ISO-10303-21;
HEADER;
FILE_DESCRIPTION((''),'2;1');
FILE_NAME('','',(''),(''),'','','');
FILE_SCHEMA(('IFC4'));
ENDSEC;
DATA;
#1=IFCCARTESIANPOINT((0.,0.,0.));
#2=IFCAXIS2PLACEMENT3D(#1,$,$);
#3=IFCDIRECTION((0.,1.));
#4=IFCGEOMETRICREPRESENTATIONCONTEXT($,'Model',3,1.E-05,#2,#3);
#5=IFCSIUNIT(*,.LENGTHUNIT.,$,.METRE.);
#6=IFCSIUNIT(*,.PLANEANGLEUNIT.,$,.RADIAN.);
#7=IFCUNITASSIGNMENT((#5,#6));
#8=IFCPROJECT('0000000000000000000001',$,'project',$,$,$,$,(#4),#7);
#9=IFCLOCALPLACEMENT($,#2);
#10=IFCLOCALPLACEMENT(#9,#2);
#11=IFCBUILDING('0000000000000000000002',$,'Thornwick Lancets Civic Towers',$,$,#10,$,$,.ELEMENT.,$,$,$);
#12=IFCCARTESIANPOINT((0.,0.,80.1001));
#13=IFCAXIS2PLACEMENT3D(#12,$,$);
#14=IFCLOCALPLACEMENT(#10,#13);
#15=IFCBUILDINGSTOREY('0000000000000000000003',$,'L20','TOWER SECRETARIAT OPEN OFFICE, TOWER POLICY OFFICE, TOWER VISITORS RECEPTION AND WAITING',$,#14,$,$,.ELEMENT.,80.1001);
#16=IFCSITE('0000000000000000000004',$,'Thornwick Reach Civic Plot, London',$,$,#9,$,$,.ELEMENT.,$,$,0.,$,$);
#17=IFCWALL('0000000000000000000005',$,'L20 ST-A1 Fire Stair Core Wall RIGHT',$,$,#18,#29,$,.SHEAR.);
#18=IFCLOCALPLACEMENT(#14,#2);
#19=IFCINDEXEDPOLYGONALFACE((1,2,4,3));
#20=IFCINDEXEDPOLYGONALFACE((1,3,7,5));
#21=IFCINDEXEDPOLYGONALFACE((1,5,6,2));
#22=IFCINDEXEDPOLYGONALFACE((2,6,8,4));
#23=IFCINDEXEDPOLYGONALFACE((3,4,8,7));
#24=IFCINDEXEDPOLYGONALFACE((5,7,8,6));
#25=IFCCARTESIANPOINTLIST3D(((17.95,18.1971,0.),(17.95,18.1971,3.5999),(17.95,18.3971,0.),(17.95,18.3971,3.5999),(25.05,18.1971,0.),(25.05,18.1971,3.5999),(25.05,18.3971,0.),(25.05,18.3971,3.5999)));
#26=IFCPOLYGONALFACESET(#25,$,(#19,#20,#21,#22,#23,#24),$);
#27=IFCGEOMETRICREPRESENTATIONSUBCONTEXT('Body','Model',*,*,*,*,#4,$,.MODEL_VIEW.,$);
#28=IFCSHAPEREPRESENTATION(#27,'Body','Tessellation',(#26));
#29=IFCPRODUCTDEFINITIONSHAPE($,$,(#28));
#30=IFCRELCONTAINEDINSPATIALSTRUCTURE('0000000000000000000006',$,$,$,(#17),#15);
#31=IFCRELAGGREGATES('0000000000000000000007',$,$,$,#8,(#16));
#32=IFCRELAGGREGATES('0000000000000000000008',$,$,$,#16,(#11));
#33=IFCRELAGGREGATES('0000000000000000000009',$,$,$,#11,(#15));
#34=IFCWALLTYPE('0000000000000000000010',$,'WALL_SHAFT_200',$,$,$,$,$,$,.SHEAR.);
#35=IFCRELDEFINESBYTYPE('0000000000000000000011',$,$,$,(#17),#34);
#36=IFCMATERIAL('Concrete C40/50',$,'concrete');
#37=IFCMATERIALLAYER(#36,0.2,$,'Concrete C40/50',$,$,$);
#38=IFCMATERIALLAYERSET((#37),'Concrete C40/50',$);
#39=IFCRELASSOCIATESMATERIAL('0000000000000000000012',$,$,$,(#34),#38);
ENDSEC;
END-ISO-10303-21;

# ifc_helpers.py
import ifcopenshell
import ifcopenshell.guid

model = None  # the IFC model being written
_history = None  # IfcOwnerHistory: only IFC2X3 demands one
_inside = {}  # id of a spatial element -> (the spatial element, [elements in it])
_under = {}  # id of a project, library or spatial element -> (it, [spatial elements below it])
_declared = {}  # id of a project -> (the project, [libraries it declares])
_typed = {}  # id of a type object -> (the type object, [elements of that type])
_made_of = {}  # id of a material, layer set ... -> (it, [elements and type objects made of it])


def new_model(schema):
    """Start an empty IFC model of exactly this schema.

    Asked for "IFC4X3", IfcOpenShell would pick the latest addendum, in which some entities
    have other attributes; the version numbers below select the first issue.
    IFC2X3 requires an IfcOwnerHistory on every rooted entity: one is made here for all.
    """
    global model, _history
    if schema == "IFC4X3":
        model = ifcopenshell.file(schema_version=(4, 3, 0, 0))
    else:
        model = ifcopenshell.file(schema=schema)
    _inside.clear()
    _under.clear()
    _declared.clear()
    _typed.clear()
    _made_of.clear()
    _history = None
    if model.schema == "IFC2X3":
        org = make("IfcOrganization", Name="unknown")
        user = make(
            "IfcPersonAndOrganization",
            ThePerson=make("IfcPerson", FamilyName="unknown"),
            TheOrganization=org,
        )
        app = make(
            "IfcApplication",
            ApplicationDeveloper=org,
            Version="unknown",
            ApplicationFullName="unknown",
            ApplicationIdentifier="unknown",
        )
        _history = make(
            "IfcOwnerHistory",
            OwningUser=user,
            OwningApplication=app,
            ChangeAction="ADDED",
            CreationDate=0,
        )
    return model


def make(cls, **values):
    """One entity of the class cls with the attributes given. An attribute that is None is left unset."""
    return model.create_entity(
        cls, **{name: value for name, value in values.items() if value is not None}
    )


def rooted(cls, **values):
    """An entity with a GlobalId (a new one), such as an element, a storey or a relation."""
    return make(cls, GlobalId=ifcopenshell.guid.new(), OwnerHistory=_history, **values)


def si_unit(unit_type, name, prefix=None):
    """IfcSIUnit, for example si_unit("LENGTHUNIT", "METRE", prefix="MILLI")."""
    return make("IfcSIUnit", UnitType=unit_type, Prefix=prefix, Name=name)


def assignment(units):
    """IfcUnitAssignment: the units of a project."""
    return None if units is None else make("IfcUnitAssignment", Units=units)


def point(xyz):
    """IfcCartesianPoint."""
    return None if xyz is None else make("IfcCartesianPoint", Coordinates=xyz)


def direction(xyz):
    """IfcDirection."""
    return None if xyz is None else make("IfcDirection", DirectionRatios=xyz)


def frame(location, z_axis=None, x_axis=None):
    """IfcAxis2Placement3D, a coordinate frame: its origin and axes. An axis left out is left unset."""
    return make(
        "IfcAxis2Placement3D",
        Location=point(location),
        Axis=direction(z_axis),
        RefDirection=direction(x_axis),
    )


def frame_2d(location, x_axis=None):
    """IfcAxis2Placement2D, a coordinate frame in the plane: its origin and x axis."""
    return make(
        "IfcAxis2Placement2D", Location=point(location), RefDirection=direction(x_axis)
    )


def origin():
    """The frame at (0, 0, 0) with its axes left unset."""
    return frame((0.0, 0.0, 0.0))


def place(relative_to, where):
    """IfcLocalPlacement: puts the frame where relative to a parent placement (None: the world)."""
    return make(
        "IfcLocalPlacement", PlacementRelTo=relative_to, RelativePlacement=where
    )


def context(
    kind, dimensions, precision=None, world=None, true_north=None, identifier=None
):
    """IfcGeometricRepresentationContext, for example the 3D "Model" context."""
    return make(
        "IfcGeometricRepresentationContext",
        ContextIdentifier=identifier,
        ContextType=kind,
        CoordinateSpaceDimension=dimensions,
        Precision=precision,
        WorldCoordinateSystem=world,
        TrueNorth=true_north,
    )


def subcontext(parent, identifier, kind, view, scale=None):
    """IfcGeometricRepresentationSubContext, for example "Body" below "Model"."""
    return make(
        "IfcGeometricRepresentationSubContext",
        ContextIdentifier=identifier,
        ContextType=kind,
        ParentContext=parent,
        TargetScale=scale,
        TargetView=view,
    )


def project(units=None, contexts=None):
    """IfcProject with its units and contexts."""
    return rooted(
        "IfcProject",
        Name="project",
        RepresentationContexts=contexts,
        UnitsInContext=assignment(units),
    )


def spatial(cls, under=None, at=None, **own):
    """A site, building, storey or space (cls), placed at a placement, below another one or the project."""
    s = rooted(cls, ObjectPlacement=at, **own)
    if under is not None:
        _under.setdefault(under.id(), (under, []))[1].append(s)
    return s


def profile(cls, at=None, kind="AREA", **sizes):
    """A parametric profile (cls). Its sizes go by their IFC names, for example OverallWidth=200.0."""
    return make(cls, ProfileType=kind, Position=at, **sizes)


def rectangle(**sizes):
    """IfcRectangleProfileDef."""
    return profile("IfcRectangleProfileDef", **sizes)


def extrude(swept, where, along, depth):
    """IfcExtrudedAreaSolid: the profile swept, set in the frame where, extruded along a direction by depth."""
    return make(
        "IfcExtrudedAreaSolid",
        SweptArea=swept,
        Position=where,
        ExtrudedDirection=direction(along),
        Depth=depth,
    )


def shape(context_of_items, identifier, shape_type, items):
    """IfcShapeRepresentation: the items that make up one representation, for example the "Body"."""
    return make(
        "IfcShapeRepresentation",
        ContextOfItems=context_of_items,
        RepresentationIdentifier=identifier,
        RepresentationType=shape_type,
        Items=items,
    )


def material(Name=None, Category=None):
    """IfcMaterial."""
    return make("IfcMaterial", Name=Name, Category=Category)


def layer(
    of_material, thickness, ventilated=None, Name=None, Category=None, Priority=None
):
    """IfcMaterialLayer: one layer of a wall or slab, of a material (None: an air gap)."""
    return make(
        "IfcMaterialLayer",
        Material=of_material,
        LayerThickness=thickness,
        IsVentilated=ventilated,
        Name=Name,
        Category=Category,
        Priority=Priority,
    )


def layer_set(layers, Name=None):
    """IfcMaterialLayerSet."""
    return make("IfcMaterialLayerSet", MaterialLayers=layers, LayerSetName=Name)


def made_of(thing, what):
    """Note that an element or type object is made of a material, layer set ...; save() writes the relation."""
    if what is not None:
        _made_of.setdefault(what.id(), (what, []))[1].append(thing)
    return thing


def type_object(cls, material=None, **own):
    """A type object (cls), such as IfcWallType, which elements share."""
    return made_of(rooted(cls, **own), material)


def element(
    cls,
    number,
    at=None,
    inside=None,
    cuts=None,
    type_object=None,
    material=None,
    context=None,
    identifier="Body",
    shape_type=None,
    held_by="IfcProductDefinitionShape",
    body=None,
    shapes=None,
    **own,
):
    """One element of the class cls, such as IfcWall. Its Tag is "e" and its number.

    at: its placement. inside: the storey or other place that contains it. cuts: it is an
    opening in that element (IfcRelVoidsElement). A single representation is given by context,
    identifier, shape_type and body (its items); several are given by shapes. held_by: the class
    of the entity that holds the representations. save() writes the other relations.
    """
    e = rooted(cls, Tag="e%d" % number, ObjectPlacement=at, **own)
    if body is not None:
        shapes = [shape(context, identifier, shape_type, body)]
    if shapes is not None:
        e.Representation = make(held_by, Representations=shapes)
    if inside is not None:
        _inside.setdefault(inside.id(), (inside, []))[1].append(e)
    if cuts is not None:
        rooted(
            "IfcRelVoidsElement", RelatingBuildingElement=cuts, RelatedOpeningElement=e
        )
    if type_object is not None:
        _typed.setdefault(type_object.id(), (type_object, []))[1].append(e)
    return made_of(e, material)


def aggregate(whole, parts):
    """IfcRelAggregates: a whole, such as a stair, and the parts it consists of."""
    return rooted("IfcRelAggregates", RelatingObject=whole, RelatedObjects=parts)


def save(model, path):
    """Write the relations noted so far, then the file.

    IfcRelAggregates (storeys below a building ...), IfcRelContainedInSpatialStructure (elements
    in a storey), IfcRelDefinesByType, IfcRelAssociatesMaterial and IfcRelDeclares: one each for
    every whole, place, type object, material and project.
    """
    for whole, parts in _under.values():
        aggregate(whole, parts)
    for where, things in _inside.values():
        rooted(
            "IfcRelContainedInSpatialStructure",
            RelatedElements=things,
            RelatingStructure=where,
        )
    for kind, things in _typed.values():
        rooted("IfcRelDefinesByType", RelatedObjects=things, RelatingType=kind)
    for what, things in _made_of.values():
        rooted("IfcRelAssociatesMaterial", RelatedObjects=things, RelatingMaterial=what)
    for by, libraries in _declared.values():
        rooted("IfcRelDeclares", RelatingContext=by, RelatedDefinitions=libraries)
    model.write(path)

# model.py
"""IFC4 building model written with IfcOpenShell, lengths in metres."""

from ifc_helpers import new_model, si_unit, direction, frame, frame_2d, origin, place, context, subcontext, project, spatial, rectangle, extrude, material, layer, layer_set, type_object, element, save


model = new_model("IFC4")

# Units and contexts
model_context = context("Model", 3, precision=1e-05, world=origin(), true_north=direction((0.0, 1.0)))
body_context = subcontext(model_context, "Body", "Model", "MODEL_VIEW")
ifc_project = project(units=[si_unit("LENGTHUNIT", "METRE"), si_unit("PLANEANGLEUNIT", "RADIAN")], contexts=[model_context])

# Site, building, storey
site_placement = place(None, origin())
site = spatial("IfcSite", under=ifc_project, at=site_placement, Name="Thornwick Reach Civic Plot, London", CompositionType="ELEMENT", RefElevation=0.0)
building_placement = place(site_placement, origin())
building = spatial("IfcBuilding", under=site, at=building_placement, Name="Thornwick Lancets Civic Towers", CompositionType="ELEMENT")
storey_placement = place(building_placement, frame((0.0, 0.0, 80.1001)))
storey = spatial("IfcBuildingStorey", under=building, at=storey_placement, Name="L20", Description="TOWER SECRETARIAT OPEN OFFICE, TOWER POLICY OFFICE, TOWER VISITORS RECEPTION AND WAITING", CompositionType="ELEMENT", Elevation=80.1001)

# Wall
ifc_material_1 = material(Name="Concrete C40/50", Category="concrete")
ifc_layer_1 = layer(ifc_material_1, 0.2, Name="Concrete C40/50")
ifc_layer_set_1 = layer_set([ifc_layer_1], Name="Concrete C40/50")
wall_type_1 = type_object("IfcWallType", Name="WALL_SHAFT_200", PredefinedType="SHEAR", material=ifc_layer_set_1)
wall_1_placement = place(storey_placement, frame((25.05, 18.2971, 0.0), z_axis=(0.0, 0.0, 1.0), x_axis=(-1.0, 0.0, 0.0)))
element("IfcWall", 1, at=wall_1_placement, inside=storey, type_object=wall_type_1, Name="L20 ST-A1 Fire Stair Core Wall RIGHT", PredefinedType="SHEAR", context=body_context, shape_type="SweptSolid", body=[
    extrude(rectangle(XDim=7.1001, YDim=0.2, at=frame_2d((3.55, 0.0))), origin(), (0.0, 0.0, 1.0), 3.5999),
])

save(model, "model.ifc")
